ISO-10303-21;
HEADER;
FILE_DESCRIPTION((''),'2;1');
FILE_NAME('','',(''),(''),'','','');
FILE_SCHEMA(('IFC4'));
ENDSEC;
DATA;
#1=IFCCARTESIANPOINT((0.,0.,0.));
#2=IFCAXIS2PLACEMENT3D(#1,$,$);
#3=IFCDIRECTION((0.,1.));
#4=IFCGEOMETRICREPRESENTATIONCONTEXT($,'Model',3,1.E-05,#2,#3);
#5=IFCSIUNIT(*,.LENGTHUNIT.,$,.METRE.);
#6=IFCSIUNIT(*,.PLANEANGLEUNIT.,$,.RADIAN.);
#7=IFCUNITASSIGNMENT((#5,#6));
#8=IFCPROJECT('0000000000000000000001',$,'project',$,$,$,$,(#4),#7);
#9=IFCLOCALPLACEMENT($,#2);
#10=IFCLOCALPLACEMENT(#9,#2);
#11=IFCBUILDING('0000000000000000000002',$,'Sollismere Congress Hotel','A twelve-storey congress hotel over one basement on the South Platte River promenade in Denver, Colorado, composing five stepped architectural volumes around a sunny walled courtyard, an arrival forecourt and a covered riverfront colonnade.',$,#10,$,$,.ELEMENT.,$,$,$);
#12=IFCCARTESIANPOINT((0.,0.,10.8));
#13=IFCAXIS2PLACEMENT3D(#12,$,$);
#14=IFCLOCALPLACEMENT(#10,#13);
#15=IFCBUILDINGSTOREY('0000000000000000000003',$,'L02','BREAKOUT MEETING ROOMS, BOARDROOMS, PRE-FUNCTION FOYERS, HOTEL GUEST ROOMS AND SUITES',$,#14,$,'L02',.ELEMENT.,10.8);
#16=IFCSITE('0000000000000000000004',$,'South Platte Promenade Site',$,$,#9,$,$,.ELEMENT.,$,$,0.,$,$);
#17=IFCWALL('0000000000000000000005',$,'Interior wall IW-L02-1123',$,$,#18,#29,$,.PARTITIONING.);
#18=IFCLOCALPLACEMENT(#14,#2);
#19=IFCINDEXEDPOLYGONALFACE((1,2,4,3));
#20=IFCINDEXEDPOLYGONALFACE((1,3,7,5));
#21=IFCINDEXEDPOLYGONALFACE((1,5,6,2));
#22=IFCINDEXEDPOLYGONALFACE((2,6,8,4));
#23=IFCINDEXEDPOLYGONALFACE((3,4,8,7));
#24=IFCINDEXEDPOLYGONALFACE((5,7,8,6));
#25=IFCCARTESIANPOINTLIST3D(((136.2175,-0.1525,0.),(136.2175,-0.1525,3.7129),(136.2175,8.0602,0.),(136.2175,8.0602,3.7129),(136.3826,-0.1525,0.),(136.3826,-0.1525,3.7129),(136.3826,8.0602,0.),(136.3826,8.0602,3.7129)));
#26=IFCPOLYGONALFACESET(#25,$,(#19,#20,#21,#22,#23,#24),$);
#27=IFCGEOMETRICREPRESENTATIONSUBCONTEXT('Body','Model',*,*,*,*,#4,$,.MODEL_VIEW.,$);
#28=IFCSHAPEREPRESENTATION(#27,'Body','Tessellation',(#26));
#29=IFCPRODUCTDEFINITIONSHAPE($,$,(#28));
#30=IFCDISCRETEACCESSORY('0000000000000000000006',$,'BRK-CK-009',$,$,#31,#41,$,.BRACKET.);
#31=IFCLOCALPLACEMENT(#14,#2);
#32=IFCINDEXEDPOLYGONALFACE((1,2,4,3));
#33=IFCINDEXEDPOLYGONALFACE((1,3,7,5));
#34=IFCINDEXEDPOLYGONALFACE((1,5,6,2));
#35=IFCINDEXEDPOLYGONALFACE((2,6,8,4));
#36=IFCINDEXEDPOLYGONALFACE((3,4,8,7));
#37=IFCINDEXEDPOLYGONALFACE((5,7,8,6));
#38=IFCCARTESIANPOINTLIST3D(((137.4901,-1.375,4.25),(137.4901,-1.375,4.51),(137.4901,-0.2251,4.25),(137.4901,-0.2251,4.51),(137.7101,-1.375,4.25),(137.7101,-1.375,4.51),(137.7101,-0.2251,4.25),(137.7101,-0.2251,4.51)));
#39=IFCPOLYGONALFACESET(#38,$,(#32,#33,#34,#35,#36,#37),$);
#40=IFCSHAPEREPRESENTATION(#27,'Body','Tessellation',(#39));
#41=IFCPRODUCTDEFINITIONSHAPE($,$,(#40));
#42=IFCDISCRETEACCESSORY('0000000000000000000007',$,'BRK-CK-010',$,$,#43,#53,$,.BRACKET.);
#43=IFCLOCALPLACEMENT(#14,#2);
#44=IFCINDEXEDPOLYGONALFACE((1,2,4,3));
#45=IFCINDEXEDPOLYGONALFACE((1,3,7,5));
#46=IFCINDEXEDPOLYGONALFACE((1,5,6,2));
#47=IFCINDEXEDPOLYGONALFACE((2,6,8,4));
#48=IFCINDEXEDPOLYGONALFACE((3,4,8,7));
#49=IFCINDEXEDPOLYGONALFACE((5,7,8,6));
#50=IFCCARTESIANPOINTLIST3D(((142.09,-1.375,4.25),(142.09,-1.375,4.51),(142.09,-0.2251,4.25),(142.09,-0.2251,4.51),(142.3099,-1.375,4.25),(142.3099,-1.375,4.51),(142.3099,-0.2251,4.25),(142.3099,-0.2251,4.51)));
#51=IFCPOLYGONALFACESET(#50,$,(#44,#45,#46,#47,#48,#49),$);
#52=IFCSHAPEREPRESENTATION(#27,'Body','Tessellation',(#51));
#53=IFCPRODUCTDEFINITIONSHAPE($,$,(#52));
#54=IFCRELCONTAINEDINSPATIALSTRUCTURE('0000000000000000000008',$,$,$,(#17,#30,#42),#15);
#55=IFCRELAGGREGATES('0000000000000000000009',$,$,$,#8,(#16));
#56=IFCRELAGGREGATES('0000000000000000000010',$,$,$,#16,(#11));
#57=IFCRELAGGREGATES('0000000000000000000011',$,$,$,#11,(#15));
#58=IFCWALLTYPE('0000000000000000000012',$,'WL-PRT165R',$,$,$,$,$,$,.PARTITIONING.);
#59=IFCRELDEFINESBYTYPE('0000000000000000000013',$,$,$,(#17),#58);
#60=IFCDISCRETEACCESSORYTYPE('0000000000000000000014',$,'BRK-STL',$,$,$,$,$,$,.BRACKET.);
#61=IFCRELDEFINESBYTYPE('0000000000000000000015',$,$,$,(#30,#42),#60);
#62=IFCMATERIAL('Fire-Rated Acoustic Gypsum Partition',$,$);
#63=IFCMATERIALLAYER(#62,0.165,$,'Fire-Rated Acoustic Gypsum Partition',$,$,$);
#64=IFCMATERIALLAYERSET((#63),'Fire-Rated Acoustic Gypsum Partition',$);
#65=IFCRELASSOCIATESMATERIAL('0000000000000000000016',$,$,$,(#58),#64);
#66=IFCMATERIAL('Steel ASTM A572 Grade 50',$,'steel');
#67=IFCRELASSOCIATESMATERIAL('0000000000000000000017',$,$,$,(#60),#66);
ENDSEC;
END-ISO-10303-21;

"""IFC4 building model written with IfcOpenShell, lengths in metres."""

from ifc_helpers import new_model, si_unit, direction, frame, frame_2d, origin, origin_2d, place, context, subcontext, project, spatial, rectangle, extrude, material, layer, layer_set, type_object, element, save


model = new_model("IFC4")

# Units and contexts
model_context = context("Model", 3, precision=1e-05, world=origin(), true_north=direction((0.0, 1.0)))
body_context = subcontext(model_context, "Body", "Model", "MODEL_VIEW")
ifc_project = project(units=[si_unit("LENGTHUNIT", "METRE"), si_unit("PLANEANGLEUNIT", "RADIAN")], contexts=[model_context])

# Site, building, storey
site_placement = place(None, origin())
site = spatial("IfcSite", under=ifc_project, at=site_placement, Name="South Platte Promenade Site", CompositionType="ELEMENT", RefElevation=0.0)
building_placement = place(site_placement, origin())
building = spatial("IfcBuilding", under=site, at=building_placement, Name="Sollismere Congress Hotel", Description="A twelve-storey congress hotel over one basement on the South Platte River promenade in Denver, Colorado, composing five stepped architectural volumes around a sunny walled courtyard, an arrival forecourt and a covered riverfront colonnade.", CompositionType="ELEMENT")
storey_placement = place(building_placement, frame((0.0, 0.0, 10.8)))
storey = spatial("IfcBuildingStorey", under=building, at=storey_placement, Name="L02", Description="BREAKOUT MEETING ROOMS, BOARDROOMS, PRE-FUNCTION FOYERS, HOTEL GUEST ROOMS AND SUITES", LongName="L02", CompositionType="ELEMENT", Elevation=10.8)

# Wall
ifc_material_1 = material(Name="Fire-Rated Acoustic Gypsum Partition")
ifc_layer_1 = layer(ifc_material_1, 0.165, Name="Fire-Rated Acoustic Gypsum Partition")
ifc_layer_set_1 = layer_set([ifc_layer_1], Name="Fire-Rated Acoustic Gypsum Partition")
wall_type_1 = type_object("IfcWallType", Name="WL-PRT165R", PredefinedType="PARTITIONING", material=ifc_layer_set_1)
for number, where, z_axis, x_axis, name in (
    (1, (136.3, -0.1526, 0.0), (0.0, 0.0, 1.0), (0.0, 1.0, 0.0), "Interior wall IW-L02-1123"),
):
    element("IfcWall", number, at=place(storey_placement, frame(where, z_axis=z_axis, x_axis=x_axis)), inside=storey, type_object=wall_type_1, Name=name, PredefinedType="PARTITIONING", context=body_context, shape_type="SweptSolid", body=[
        extrude(rectangle(XDim=8.2126, YDim=0.165, at=frame_2d((4.1064, 0.0))), origin(), (0.0, 0.0, 1.0), 3.7129),
    ])

# Discrete accessories
ifc_material_2 = material(Name="Steel ASTM A572 Grade 50", Category="steel")
discrete_accessory_type = type_object("IfcDiscreteAccessoryType", Name="BRK-STL", PredefinedType="BRACKET", material=ifc_material_2)
for number, where, z_axis, x_axis, name in (
    (2, (137.6001, -0.8, 4.25), (0.0, 0.0, 1.0), (1.0, 0.0, 0.0), "BRK-CK-009"),
    (3, (142.2, -0.8, 4.25), (0.0, 0.0, 1.0), (1.0, 0.0, 0.0), "BRK-CK-010"),
):
    element("IfcDiscreteAccessory", number, at=place(storey_placement, frame(where, z_axis=z_axis, x_axis=x_axis)), inside=storey, type_object=discrete_accessory_type, Name=name, PredefinedType="BRACKET", context=body_context, shape_type="SweptSolid", body=[
        extrude(rectangle(XDim=0.22, YDim=1.1499, at=origin_2d()), origin(), (0.0, 0.0, 1.0), 0.26),
    ])

save(model, "model.ifc")
